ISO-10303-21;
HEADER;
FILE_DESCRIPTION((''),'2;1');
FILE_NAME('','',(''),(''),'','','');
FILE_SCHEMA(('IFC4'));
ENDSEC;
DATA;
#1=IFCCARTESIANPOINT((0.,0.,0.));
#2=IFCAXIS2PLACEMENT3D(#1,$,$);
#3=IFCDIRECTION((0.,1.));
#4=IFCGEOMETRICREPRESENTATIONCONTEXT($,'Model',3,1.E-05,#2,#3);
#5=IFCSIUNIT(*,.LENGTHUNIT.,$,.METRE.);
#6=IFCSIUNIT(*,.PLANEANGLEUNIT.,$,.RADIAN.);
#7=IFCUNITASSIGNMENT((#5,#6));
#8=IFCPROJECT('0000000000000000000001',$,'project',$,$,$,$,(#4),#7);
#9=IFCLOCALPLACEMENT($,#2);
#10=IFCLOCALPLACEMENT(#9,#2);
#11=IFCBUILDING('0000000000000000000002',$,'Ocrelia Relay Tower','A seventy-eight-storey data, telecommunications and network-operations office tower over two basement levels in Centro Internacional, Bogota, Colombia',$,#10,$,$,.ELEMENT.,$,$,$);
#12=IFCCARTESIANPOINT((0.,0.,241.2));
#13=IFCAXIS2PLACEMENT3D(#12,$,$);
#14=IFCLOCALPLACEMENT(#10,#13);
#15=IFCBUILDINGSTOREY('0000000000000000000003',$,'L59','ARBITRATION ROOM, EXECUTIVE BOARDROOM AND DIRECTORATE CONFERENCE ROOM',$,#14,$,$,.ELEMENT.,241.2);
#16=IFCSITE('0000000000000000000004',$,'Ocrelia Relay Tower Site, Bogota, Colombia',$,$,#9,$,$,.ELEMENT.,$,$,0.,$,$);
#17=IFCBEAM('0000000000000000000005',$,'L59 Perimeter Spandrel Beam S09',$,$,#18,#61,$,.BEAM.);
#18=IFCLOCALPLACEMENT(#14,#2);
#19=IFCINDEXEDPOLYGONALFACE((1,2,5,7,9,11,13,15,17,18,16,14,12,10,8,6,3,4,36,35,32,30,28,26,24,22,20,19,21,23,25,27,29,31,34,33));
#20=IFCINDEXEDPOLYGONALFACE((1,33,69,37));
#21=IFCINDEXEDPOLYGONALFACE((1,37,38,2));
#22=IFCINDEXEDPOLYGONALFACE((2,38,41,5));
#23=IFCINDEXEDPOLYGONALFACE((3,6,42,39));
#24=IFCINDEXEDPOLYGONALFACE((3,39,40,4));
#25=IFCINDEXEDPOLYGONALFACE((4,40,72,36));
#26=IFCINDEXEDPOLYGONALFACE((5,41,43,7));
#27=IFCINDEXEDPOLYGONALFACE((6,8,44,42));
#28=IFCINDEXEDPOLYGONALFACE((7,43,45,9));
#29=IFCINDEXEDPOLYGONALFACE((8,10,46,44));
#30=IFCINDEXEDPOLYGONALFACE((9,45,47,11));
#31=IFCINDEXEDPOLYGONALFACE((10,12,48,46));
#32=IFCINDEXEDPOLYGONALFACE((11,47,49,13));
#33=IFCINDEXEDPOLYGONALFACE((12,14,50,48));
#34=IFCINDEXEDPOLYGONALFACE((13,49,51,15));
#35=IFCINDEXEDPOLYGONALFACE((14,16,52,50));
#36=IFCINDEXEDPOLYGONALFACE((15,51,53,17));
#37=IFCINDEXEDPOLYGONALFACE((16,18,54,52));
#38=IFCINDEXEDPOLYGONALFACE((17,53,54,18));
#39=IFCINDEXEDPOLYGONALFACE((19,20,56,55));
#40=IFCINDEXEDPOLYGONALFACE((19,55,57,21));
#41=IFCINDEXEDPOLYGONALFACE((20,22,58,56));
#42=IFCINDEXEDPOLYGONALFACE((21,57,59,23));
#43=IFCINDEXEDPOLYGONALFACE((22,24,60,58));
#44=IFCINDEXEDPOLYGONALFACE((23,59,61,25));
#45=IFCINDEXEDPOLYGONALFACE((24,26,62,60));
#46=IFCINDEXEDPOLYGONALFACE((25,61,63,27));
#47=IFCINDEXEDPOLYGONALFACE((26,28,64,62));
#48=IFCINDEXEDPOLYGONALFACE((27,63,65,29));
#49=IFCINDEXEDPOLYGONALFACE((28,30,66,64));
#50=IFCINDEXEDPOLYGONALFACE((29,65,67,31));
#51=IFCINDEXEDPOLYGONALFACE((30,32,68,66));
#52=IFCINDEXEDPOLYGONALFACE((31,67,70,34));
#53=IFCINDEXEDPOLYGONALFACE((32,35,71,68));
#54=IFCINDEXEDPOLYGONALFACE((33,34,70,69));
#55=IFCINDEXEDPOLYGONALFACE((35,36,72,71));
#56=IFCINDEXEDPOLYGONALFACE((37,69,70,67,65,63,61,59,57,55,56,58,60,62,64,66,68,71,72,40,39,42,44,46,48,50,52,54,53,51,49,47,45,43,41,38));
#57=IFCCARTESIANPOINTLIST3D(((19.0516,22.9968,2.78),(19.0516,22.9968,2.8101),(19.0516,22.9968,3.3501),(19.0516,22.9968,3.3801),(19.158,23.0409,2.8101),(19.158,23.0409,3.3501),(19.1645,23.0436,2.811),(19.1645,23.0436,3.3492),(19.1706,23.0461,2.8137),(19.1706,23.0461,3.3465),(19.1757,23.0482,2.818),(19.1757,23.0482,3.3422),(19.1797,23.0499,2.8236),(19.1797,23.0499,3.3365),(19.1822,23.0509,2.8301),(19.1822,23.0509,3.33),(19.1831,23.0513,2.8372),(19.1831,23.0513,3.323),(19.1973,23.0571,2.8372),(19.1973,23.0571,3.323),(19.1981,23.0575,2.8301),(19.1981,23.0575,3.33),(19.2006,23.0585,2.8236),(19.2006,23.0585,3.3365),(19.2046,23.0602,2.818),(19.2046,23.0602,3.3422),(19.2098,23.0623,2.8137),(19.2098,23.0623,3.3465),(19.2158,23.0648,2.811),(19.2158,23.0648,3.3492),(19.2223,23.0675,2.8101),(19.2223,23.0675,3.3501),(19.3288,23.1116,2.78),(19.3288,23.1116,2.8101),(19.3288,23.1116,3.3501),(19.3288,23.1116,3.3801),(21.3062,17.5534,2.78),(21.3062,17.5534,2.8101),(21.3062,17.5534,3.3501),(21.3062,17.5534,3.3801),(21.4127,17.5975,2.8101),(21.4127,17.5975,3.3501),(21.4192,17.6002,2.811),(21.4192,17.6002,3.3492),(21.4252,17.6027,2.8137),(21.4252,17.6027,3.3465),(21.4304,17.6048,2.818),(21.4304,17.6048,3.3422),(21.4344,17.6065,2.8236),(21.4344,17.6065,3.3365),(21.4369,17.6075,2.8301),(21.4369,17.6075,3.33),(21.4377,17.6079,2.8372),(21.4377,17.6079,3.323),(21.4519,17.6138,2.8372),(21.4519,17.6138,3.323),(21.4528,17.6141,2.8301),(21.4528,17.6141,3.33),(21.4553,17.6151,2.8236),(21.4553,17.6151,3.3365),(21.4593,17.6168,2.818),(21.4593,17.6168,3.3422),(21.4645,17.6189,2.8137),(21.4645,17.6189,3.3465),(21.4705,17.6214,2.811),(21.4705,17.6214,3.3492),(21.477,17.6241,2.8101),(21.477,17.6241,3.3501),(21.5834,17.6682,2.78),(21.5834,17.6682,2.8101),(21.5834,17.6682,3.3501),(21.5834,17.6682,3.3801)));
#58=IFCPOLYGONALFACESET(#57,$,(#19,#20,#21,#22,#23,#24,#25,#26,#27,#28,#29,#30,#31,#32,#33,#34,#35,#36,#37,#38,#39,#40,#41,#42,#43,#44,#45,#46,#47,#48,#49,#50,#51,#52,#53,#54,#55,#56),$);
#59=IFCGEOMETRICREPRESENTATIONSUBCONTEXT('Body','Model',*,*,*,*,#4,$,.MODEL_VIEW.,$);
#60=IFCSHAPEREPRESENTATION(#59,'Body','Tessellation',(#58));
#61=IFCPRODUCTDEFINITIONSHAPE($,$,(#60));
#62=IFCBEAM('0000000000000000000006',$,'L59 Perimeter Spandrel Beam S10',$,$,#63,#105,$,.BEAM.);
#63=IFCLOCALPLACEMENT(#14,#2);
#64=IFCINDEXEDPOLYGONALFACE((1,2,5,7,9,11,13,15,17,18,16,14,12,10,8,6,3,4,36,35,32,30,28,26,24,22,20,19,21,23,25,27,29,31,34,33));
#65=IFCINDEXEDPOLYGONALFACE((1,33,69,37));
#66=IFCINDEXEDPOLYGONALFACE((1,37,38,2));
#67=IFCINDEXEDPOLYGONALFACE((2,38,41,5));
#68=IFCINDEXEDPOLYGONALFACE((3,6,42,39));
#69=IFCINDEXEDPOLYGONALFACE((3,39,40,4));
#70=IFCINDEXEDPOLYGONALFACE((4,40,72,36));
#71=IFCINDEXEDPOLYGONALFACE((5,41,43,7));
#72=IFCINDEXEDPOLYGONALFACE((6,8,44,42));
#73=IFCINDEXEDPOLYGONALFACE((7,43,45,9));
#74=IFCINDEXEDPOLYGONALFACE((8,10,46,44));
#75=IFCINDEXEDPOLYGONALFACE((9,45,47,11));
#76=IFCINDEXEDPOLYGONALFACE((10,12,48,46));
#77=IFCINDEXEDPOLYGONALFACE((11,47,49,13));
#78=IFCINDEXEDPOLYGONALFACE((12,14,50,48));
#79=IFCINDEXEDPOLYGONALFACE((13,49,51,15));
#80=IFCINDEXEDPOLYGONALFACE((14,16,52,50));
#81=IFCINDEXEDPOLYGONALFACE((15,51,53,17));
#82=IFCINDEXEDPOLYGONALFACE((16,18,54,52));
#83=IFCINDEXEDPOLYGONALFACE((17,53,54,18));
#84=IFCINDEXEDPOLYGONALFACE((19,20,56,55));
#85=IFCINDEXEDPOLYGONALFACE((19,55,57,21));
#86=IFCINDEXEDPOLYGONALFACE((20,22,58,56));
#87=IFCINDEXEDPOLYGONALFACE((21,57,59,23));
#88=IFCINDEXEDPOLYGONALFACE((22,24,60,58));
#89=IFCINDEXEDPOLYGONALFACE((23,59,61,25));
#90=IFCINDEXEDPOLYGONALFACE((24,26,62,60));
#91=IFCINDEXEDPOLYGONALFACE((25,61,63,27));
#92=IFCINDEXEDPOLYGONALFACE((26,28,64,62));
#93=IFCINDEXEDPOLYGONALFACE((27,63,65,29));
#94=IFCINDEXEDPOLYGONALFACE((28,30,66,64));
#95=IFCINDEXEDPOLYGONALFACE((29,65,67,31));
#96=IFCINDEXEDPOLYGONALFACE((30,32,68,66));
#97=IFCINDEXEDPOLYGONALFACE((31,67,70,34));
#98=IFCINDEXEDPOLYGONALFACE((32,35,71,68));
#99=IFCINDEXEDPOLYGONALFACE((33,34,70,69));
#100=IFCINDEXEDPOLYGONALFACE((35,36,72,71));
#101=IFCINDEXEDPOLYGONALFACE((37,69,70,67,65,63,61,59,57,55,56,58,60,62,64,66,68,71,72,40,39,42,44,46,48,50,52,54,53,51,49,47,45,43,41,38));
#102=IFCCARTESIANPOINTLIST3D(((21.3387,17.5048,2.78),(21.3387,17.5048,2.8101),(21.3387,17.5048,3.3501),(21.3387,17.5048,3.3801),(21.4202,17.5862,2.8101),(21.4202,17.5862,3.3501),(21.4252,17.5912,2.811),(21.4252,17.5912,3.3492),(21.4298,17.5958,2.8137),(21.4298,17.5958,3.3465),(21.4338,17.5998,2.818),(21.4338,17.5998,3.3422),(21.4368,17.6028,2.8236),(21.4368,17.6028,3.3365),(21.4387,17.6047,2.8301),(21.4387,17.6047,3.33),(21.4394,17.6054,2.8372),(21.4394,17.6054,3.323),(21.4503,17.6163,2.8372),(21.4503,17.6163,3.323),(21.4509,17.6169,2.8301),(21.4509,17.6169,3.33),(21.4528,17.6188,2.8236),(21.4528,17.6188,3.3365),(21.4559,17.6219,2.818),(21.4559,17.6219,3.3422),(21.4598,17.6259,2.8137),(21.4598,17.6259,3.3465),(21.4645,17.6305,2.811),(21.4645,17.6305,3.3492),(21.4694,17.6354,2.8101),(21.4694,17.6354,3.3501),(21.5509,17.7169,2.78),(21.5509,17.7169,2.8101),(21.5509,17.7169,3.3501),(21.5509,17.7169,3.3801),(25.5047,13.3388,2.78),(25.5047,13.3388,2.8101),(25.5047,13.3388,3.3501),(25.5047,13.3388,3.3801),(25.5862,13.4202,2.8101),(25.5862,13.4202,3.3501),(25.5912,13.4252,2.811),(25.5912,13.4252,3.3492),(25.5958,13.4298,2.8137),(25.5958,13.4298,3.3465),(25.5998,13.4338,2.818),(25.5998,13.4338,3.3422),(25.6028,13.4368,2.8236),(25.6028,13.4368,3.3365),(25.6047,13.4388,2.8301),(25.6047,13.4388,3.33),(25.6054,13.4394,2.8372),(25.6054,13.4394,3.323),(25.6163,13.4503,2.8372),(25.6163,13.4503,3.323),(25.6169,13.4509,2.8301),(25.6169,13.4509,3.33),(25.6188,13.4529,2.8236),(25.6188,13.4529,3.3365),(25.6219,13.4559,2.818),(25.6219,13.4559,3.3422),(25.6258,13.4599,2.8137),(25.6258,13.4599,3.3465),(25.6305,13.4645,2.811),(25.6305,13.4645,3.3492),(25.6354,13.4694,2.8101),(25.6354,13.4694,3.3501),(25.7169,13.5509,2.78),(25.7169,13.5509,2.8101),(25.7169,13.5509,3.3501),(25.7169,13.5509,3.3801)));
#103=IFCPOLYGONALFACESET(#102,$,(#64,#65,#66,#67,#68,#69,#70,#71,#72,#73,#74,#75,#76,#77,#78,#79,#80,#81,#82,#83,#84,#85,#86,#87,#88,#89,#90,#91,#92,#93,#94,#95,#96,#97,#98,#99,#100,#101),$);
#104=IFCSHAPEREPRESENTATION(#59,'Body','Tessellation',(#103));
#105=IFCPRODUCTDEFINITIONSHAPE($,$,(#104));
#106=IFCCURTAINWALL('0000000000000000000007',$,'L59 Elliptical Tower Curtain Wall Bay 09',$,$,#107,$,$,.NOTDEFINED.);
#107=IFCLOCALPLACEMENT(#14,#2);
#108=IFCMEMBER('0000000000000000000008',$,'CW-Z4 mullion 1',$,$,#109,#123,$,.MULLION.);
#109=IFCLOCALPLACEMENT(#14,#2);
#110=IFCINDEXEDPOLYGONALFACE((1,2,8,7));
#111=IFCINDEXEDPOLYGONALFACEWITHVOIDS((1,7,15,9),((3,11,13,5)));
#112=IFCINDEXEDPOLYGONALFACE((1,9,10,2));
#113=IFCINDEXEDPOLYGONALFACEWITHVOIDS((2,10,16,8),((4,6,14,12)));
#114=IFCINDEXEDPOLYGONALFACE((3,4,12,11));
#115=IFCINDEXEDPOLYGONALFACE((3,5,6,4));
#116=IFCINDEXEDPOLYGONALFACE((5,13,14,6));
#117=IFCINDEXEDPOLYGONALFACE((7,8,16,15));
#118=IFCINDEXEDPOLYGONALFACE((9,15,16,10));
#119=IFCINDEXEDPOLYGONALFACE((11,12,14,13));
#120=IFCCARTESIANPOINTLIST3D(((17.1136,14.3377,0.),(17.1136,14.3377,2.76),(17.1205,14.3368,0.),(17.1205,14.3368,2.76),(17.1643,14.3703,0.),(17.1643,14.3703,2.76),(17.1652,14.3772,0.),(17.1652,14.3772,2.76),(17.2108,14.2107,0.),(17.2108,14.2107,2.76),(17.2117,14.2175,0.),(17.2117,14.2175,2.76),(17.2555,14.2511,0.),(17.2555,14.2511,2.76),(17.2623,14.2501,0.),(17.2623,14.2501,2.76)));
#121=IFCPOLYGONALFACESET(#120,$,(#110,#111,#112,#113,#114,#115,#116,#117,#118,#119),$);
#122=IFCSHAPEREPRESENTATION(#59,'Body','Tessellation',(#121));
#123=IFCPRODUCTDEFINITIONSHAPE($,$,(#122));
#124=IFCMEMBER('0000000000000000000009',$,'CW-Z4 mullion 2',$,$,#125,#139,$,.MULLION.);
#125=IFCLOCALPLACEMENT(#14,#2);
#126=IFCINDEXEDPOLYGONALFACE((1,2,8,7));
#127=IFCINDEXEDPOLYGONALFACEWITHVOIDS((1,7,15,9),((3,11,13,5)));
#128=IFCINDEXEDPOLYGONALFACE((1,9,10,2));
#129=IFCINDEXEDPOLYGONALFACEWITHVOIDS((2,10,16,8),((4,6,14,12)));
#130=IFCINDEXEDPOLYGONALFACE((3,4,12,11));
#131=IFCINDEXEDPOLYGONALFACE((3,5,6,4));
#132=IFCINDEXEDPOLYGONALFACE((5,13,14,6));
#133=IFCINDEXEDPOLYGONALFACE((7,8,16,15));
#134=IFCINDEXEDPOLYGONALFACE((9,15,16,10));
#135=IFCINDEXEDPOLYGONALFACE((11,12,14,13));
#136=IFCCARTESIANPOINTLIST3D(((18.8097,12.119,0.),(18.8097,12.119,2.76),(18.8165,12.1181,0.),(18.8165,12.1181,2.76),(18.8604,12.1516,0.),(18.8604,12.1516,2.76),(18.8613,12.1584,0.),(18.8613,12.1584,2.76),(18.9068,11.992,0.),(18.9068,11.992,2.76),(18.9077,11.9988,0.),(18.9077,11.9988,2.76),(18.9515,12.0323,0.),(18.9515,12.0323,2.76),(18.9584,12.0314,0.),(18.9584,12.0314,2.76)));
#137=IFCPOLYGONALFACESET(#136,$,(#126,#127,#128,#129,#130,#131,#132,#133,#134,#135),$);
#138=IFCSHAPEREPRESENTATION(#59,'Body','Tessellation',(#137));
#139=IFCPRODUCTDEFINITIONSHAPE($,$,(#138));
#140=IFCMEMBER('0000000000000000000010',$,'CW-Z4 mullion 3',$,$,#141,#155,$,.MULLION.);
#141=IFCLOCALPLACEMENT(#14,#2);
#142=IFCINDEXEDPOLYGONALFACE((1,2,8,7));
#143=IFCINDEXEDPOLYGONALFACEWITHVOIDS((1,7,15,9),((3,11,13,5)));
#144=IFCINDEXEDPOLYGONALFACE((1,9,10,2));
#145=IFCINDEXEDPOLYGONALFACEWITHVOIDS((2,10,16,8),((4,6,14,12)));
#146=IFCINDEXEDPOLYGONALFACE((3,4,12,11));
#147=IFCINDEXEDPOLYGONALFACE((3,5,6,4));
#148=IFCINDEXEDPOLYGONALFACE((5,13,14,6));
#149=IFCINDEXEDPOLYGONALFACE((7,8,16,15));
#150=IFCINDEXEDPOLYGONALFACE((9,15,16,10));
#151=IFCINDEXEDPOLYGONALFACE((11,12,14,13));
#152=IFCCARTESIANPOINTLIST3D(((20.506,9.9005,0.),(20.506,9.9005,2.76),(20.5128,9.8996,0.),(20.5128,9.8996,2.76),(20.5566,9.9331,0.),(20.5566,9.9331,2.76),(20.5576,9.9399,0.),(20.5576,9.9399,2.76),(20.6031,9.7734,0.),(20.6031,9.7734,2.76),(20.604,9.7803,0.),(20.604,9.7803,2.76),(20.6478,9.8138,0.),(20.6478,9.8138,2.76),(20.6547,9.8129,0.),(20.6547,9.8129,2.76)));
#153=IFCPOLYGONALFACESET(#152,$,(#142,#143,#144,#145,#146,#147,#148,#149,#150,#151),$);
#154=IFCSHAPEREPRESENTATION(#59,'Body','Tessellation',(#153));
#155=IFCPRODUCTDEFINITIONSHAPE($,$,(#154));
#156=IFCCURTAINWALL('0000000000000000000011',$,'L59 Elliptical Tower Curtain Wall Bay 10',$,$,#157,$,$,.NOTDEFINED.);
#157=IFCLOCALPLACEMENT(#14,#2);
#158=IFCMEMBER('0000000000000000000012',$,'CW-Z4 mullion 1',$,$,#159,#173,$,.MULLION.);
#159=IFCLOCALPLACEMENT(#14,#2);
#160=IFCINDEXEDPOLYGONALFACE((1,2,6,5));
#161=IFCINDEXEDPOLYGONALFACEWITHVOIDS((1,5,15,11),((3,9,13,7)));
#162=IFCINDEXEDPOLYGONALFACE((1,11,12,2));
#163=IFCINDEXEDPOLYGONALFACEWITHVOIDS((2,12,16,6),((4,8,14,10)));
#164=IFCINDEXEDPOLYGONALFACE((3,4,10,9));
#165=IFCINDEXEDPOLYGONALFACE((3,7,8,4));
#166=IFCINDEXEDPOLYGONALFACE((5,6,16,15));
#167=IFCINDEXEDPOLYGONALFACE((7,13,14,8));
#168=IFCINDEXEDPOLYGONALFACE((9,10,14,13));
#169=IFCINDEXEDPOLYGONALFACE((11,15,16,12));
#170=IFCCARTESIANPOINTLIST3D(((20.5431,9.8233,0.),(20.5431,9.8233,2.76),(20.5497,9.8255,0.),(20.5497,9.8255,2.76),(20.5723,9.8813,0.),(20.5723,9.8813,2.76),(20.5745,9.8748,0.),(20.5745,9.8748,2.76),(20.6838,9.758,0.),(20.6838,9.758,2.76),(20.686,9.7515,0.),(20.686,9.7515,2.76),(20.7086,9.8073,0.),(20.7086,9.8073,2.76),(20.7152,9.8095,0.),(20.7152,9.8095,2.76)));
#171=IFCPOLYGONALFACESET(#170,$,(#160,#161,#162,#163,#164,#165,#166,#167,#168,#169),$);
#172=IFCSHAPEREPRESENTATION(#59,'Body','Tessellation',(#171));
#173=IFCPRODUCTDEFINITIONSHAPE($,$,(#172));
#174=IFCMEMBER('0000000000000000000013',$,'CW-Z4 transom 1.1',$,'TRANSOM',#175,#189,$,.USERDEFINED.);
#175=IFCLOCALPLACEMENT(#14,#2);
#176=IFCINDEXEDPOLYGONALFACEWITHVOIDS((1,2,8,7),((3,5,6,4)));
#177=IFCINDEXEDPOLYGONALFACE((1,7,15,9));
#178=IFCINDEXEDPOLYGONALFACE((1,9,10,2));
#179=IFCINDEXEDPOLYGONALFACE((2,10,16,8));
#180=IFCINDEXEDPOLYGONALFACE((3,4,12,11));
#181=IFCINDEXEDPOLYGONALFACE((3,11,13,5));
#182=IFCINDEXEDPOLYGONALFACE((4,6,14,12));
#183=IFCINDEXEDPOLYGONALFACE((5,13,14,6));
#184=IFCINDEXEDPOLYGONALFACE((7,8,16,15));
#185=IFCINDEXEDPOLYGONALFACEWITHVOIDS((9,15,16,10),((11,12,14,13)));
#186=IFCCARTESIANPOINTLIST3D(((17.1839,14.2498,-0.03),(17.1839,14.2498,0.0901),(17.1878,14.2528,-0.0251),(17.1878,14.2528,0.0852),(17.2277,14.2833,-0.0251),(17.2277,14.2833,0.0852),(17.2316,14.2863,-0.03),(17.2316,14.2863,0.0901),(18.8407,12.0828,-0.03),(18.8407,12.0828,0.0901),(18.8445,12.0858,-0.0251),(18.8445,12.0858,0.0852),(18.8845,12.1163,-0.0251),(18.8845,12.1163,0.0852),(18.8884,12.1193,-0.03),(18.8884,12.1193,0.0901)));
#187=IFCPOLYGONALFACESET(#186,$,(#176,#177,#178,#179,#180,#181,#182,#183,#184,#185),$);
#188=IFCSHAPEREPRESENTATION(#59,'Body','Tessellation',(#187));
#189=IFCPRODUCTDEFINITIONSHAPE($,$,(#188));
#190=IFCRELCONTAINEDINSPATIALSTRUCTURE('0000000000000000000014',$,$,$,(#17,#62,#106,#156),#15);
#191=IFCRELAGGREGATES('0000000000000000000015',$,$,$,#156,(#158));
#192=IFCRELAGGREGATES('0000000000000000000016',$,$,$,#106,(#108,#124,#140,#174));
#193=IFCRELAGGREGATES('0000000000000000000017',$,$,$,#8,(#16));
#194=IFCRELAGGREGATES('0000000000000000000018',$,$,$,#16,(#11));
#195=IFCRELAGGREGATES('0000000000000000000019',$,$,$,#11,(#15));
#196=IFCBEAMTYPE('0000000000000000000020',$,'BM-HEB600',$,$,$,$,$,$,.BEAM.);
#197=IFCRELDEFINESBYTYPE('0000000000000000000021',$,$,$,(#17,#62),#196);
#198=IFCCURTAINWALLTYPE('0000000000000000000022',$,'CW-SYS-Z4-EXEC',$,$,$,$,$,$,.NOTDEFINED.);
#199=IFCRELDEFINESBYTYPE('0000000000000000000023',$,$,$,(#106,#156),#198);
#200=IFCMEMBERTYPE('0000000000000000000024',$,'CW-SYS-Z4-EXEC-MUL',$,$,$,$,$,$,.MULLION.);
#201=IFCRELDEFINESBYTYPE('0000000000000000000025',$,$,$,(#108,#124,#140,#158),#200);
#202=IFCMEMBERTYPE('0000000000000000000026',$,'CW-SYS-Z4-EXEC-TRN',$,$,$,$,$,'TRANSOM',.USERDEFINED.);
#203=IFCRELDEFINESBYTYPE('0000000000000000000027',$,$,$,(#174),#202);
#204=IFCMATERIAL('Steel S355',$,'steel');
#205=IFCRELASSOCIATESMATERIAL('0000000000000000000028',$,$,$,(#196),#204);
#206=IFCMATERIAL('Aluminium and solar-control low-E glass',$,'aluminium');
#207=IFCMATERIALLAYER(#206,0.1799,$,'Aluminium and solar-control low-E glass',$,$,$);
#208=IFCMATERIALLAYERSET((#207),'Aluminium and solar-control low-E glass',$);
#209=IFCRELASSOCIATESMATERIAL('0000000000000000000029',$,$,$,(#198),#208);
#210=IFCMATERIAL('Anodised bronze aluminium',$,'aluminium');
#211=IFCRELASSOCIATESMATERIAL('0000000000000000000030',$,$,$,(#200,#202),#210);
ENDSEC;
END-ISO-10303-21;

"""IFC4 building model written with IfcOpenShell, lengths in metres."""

from ifc_helpers import new_model, si_unit, direction, frame, origin, origin_2d, place, context, subcontext, project, spatial, hollow_rectangle, i_section, extrude, material, layer, layer_set, material_profile, profile_set, type_object, element, aggregate, save


model = new_model("IFC4")

# Units and contexts
model_context = context("Model", 3, precision=1e-05, world=origin(), true_north=direction((0.0, 1.0)))
body_context = subcontext(model_context, "Body", "Model", "MODEL_VIEW")
ifc_project = project(units=[si_unit("LENGTHUNIT", "METRE"), si_unit("PLANEANGLEUNIT", "RADIAN")], contexts=[model_context])

# Site, building, storey
site_placement = place(None, origin())
site = spatial("IfcSite", under=ifc_project, at=site_placement, Name="Ocrelia Relay Tower Site, Bogota, Colombia", CompositionType="ELEMENT", RefElevation=0.0)
building_placement = place(site_placement, origin())
building = spatial("IfcBuilding", under=site, at=building_placement, Name="Ocrelia Relay Tower", Description="A seventy-eight-storey data, telecommunications and network-operations office tower over two basement levels in Centro Internacional, Bogota, Colombia", CompositionType="ELEMENT")
storey_placement = place(building_placement, frame((0.0, 0.0, 241.2)))
storey = spatial("IfcBuildingStorey", under=building, at=storey_placement, Name="L59", Description="ARBITRATION ROOM, EXECUTIVE BOARDROOM AND DIRECTORATE CONFERENCE ROOM", CompositionType="ELEMENT", Elevation=241.2)

# Beams
ifc_material_1 = material(Name="Steel S355", Category="steel")
ifc_material_profile_1 = material_profile(ifc_material_1, i_section(OverallWidth=0.3, OverallDepth=0.6001, WebThickness=0.0154, FlangeThickness=0.03, FilletRadius=0.0271, at=origin_2d()), Name="HEB 600")
ifc_profile_set_1 = profile_set([ifc_material_profile_1], Name="Steel S355")
beam_type_1 = type_object("IfcBeamType", Name="BM-HEB600", PredefinedType="BEAM", material=ifc_profile_set_1)
beam_1_placement = place(storey_placement, frame((19.1902, 23.0542, 3.0801), z_axis=(0.382673, -0.923884, 0.0), x_axis=(0.923884, 0.382673, 0.0)))
element("IfcBeam", 1, at=beam_1_placement, inside=storey, type_object=beam_type_1, Name="L59 Perimeter Spandrel Beam S09", PredefinedType="BEAM", context=body_context, shape_type="SweptSolid", body=[
    extrude(i_section(OverallWidth=0.3, OverallDepth=0.6001, WebThickness=0.0154, FlangeThickness=0.03, FilletRadius=0.0271, at=origin_2d()), origin(), (0.0, 0.0, 1.0), 5.8918),
])
beam_2_placement = place(storey_placement, frame((21.4448, 17.6108, 3.0801), z_axis=(0.707107, -0.707107, 0.0), x_axis=(0.707107, 0.707107, 0.0)))
element("IfcBeam", 2, at=beam_2_placement, inside=storey, type_object=beam_type_1, Name="L59 Perimeter Spandrel Beam S10", PredefinedType="BEAM", context=body_context, shape_type="SweptSolid", body=[
    extrude(i_section(OverallWidth=0.3, OverallDepth=0.6001, WebThickness=0.0154, FlangeThickness=0.03, FilletRadius=0.0271, at=origin_2d()), origin(), (0.0, 0.0, 1.0), 5.8916),
])

# Curtain wall, members
ifc_material_2 = material(Name="Aluminium and solar-control low-E glass", Category="aluminium")
ifc_layer_1 = layer(ifc_material_2, 0.1799, Name="Aluminium and solar-control low-E glass")
ifc_layer_set_1 = layer_set([ifc_layer_1], Name="Aluminium and solar-control low-E glass")
curtain_wall_type = type_object("IfcCurtainWallType", Name="CW-SYS-Z4-EXEC", PredefinedType="NOTDEFINED", material=ifc_layer_set_1)
curtain_wall_1_placement = place(storey_placement, origin())
curtain_wall_1 = element("IfcCurtainWall", 3, at=curtain_wall_1_placement, inside=storey, type_object=curtain_wall_type, Name="L59 Elliptical Tower Curtain Wall Bay 09", PredefinedType="NOTDEFINED")
ifc_material_3 = material(Name="Anodised bronze aluminium", Category="aluminium")
ifc_material_profile_2 = material_profile(ifc_material_3, hollow_rectangle(XDim=0.0649, YDim=0.1599, WallThickness=0.0049, at=origin_2d()), Name="CW-MUL-160x65")
ifc_profile_set_2 = profile_set([ifc_material_profile_2], Name="Anodised bronze aluminium")
member_type_1 = type_object("IfcMemberType", Name="CW-SYS-Z4-EXEC-MUL", PredefinedType="MULLION", material=ifc_profile_set_2)
member_1_placement = place(storey_placement, frame((17.188, 14.2939, 0.0), z_axis=(0.0, 0.0, 1.0), x_axis=(0.794436, 0.607348, 0.0)))
member_1 = element("IfcMember", 4, at=member_1_placement, type_object=member_type_1, Name="CW-Z4 mullion 1", PredefinedType="MULLION", context=body_context, shape_type="SweptSolid", body=[
    extrude(hollow_rectangle(XDim=0.0649, YDim=0.1599, WallThickness=0.0049, at=origin_2d()), origin(), (0.0, 0.0, 1.0), 2.76),
])
member_2_placement = place(storey_placement, frame((18.884, 12.0752, 0.0), z_axis=(0.0, 0.0, 1.0), x_axis=(0.794436, 0.607348, 0.0)))
member_2 = element("IfcMember", 5, at=member_2_placement, type_object=member_type_1, Name="CW-Z4 mullion 2", PredefinedType="MULLION", context=body_context, shape_type="SweptSolid", body=[
    extrude(hollow_rectangle(XDim=0.0649, YDim=0.1599, WallThickness=0.0049, at=origin_2d()), origin(), (0.0, 0.0, 1.0), 2.76),
])
member_3_placement = place(storey_placement, frame((20.5803, 9.8567, 0.0), z_axis=(0.0, 0.0, 1.0), x_axis=(0.794436, 0.607348, 0.0)))
member_3 = element("IfcMember", 6, at=member_3_placement, type_object=member_type_1, Name="CW-Z4 mullion 3", PredefinedType="MULLION", context=body_context, shape_type="SweptSolid", body=[
    extrude(hollow_rectangle(XDim=0.0649, YDim=0.1599, WallThickness=0.0049, at=origin_2d()), origin(), (0.0, 0.0, 1.0), 2.76),
])

# Curtain wall, member
curtain_wall_2_placement = place(storey_placement, origin())
curtain_wall_2 = element("IfcCurtainWall", 7, at=curtain_wall_2_placement, inside=storey, type_object=curtain_wall_type, Name="L59 Elliptical Tower Curtain Wall Bay 10", PredefinedType="NOTDEFINED")
member_4_placement = place(storey_placement, frame((20.6292, 9.8164, 0.0), z_axis=(0.0, 0.0, 1.0), x_axis=(0.449287, 0.893388, 0.0)))
member_4 = element("IfcMember", 8, at=member_4_placement, type_object=member_type_1, Name="CW-Z4 mullion 1", PredefinedType="MULLION", context=body_context, shape_type="SweptSolid", body=[
    extrude(hollow_rectangle(XDim=0.0649, YDim=0.1599, WallThickness=0.0049, at=origin_2d()), origin(), (0.0, 0.0, 1.0), 2.76),
])

# Member
ifc_material_profile_3 = material_profile(ifc_material_3, hollow_rectangle(XDim=0.0601, YDim=0.1201, WallThickness=0.0049, at=origin_2d()), Name="CW-TRN-120x60")
ifc_profile_set_3 = profile_set([ifc_material_profile_3], Name="Anodised bronze aluminium")
member_type_2 = type_object("IfcMemberType", Name="CW-SYS-Z4-EXEC-TRN", ElementType="TRANSOM", PredefinedType="USERDEFINED", material=ifc_profile_set_3)
member_5_placement = place(storey_placement, frame((17.2078, 14.2681, 0.03), z_axis=(0.607364, -0.794424, 0.0), x_axis=(0.794424, 0.607364, 0.0)))
member_5 = element("IfcMember", 9, at=member_5_placement, type_object=member_type_2, Name="CW-Z4 transom 1.1", ObjectType="TRANSOM", PredefinedType="USERDEFINED", context=body_context, shape_type="SweptSolid", body=[
    extrude(hollow_rectangle(XDim=0.0601, YDim=0.1201, WallThickness=0.0049, at=origin_2d()), origin(), (0.0, 0.0, 1.0), 2.7278),
])
aggregate(curtain_wall_2, [member_4])

aggregate(curtain_wall_1, [member_1, member_2, member_3, member_5])

save(model, "model.ifc")
